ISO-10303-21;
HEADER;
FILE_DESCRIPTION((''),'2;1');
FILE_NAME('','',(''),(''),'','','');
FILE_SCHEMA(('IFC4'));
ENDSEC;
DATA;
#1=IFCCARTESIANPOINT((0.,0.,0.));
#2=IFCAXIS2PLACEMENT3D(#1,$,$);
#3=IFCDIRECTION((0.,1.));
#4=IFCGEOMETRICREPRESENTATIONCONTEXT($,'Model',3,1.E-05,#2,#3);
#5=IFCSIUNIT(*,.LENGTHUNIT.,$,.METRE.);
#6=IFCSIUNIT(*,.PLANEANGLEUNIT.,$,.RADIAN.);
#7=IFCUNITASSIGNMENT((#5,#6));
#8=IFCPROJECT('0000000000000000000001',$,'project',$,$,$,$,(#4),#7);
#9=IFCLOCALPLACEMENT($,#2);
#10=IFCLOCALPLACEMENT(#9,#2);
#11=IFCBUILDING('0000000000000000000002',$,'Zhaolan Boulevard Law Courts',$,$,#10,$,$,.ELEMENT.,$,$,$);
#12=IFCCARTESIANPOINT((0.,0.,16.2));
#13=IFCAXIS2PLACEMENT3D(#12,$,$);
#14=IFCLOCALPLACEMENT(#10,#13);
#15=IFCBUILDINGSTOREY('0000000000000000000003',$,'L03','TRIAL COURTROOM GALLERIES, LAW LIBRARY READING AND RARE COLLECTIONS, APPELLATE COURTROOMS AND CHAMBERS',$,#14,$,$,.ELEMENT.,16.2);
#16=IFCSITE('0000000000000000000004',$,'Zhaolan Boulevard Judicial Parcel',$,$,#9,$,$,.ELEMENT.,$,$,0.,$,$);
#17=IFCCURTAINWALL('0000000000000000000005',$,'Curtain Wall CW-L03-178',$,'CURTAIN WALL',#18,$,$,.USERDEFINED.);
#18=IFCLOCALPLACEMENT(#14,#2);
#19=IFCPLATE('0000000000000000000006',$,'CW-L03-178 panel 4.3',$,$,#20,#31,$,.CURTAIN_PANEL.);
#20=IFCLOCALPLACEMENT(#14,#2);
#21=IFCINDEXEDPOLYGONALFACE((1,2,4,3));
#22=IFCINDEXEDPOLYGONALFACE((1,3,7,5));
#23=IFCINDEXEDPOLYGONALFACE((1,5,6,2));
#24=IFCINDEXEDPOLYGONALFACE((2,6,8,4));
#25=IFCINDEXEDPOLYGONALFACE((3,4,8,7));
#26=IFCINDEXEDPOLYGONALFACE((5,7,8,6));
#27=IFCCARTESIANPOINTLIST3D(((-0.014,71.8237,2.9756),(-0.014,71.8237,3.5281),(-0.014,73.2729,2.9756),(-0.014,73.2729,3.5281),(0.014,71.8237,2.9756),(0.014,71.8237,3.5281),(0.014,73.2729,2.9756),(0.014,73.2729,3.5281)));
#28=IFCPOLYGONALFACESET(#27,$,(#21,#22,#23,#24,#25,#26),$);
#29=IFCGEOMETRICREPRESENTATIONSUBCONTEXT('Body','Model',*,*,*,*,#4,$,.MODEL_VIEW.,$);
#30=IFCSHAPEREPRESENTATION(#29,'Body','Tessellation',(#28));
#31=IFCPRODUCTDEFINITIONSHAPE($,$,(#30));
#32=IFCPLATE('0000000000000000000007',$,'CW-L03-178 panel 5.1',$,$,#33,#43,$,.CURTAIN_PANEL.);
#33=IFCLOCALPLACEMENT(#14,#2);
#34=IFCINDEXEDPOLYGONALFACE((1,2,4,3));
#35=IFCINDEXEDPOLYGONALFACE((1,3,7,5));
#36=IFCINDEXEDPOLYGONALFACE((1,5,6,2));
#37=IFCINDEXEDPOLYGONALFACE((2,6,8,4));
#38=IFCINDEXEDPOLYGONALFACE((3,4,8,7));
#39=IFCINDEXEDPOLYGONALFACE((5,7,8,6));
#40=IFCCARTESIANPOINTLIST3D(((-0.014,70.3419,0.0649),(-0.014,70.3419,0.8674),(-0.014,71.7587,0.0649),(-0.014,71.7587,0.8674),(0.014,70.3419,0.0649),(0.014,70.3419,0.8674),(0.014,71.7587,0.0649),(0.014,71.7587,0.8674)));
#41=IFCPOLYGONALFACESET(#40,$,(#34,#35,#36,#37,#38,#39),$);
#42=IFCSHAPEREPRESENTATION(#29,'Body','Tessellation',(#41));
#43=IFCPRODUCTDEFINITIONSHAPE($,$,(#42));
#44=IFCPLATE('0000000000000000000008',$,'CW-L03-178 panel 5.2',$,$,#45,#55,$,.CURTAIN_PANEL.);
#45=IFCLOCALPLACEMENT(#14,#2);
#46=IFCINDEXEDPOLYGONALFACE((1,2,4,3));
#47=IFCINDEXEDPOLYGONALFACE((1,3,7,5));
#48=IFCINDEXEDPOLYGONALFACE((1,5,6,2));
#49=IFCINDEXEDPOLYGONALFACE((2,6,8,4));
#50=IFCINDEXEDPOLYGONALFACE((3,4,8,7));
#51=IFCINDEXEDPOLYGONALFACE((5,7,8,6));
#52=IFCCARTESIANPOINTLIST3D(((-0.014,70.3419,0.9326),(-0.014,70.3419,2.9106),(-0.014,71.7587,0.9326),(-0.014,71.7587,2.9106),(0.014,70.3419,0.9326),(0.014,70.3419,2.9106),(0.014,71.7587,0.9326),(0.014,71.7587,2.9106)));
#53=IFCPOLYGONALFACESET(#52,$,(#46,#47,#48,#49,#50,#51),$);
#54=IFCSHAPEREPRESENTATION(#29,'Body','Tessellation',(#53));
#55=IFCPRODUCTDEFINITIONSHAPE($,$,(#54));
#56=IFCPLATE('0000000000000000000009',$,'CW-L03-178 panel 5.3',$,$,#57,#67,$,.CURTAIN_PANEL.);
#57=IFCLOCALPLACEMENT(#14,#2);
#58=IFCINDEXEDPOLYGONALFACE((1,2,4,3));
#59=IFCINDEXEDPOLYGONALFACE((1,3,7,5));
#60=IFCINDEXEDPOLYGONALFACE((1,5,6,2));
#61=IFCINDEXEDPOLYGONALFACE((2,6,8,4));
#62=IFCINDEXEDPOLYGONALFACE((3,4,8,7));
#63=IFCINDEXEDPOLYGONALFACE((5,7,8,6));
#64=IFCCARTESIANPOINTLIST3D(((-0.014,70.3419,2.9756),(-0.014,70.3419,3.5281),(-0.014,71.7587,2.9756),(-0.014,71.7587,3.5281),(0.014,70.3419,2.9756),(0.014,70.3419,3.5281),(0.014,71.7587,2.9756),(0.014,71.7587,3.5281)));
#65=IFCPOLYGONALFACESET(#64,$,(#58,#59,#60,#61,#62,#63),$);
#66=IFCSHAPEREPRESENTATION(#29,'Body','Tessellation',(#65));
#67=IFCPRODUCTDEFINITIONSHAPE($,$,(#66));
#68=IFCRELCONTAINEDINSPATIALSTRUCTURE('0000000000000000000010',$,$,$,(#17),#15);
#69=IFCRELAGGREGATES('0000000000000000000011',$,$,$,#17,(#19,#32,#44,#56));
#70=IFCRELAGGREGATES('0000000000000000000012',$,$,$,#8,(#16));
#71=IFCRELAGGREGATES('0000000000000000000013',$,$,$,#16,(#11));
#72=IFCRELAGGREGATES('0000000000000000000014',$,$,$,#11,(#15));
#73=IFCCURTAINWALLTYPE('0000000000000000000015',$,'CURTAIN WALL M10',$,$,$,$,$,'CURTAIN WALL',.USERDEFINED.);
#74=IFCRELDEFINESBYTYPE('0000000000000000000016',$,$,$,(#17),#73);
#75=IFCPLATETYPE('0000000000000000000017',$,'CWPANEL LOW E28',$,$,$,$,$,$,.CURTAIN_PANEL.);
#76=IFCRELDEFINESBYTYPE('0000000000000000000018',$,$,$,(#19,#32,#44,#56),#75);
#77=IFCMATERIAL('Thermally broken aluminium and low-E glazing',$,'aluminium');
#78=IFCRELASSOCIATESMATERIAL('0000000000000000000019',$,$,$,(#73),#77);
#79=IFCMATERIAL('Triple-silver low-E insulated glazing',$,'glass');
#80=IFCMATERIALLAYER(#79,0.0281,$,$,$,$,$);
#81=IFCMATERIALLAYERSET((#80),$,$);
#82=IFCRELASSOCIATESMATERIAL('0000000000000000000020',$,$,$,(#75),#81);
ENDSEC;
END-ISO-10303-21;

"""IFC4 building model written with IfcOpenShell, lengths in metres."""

from ifc_helpers import new_model, si_unit, direction, frame, origin, origin_2d, place, context, subcontext, project, spatial, rectangle, extrude, material, layer, layer_set, type_object, element, aggregate, save


model = new_model("IFC4")

# Units and contexts
model_context = context("Model", 3, precision=1e-05, world=origin(), true_north=direction((0.0, 1.0)))
body_context = subcontext(model_context, "Body", "Model", "MODEL_VIEW")
ifc_project = project(units=[si_unit("LENGTHUNIT", "METRE"), si_unit("PLANEANGLEUNIT", "RADIAN")], contexts=[model_context])

# Site, building, storey
site_placement = place(None, origin())
site = spatial("IfcSite", under=ifc_project, at=site_placement, Name="Zhaolan Boulevard Judicial Parcel", CompositionType="ELEMENT", RefElevation=0.0)
building_placement = place(site_placement, origin())
building = spatial("IfcBuilding", under=site, at=building_placement, Name="Zhaolan Boulevard Law Courts", CompositionType="ELEMENT")
storey_placement = place(building_placement, frame((0.0, 0.0, 16.2)))
storey = spatial("IfcBuildingStorey", under=building, at=storey_placement, Name="L03", Description="TRIAL COURTROOM GALLERIES, LAW LIBRARY READING AND RARE COLLECTIONS, APPELLATE COURTROOMS AND CHAMBERS", CompositionType="ELEMENT", Elevation=16.2)

# Curtain wall, plates
ifc_material_1 = material(Name="Thermally broken aluminium and low-E glazing", Category="aluminium")
curtain_wall_type = type_object("IfcCurtainWallType", Name="CURTAIN WALL M10", ElementType="CURTAIN WALL", PredefinedType="USERDEFINED", material=ifc_material_1)
curtain_wall_placement = place(storey_placement, origin())
curtain_wall = element("IfcCurtainWall", 1, at=curtain_wall_placement, inside=storey, type_object=curtain_wall_type, Name="Curtain Wall CW-L03-178", ObjectType="CURTAIN WALL", PredefinedType="USERDEFINED")
ifc_material_2 = material(Name="Triple-silver low-E insulated glazing", Category="glass")
ifc_layer = layer(ifc_material_2, 0.0281)
ifc_layer_set = layer_set([ifc_layer])
plate_type = type_object("IfcPlateType", Name="CWPANEL LOW E28", PredefinedType="CURTAIN_PANEL", material=ifc_layer_set)
plate_1_placement = place(storey_placement, frame((0.0, 72.5483, 2.9756), z_axis=(0.0, 0.0, 1.0), x_axis=(0.0, -1.0, 0.0)))
plate_1 = element("IfcPlate", 2, at=plate_1_placement, type_object=plate_type, Name="CW-L03-178 panel 4.3", PredefinedType="CURTAIN_PANEL", context=body_context, shape_type="SweptSolid", body=[
    extrude(rectangle(XDim=1.4492, YDim=0.0281, at=origin_2d()), origin(), (0.0, 0.0, 1.0), 0.5525),
])
plate_2_placement = place(storey_placement, frame((0.0, 71.0503, 0.0649), z_axis=(0.0, 0.0, 1.0), x_axis=(0.0, -1.0, 0.0)))
plate_2 = element("IfcPlate", 3, at=plate_2_placement, type_object=plate_type, Name="CW-L03-178 panel 5.1", PredefinedType="CURTAIN_PANEL", context=body_context, shape_type="SweptSolid", body=[
    extrude(rectangle(XDim=1.4167, YDim=0.0281, at=origin_2d()), origin(), (0.0, 0.0, 1.0), 0.8025),
])
plate_3_placement = place(storey_placement, frame((0.0, 71.0503, 0.9326), z_axis=(0.0, 0.0, 1.0), x_axis=(0.0, -1.0, 0.0)))
plate_3 = element("IfcPlate", 4, at=plate_3_placement, type_object=plate_type, Name="CW-L03-178 panel 5.2", PredefinedType="CURTAIN_PANEL", context=body_context, shape_type="SweptSolid", body=[
    extrude(rectangle(XDim=1.4167, YDim=0.0281, at=origin_2d()), origin(), (0.0, 0.0, 1.0), 1.978),
])
plate_4_placement = place(storey_placement, frame((0.0, 71.0503, 2.9756), z_axis=(0.0, 0.0, 1.0), x_axis=(0.0, -1.0, 0.0)))
plate_4 = element("IfcPlate", 5, at=plate_4_placement, type_object=plate_type, Name="CW-L03-178 panel 5.3", PredefinedType="CURTAIN_PANEL", context=body_context, shape_type="SweptSolid", body=[
    extrude(rectangle(XDim=1.4167, YDim=0.0281, at=origin_2d()), origin(), (0.0, 0.0, 1.0), 0.5525),
])
aggregate(curtain_wall, [plate_1, plate_2, plate_3, plate_4])

save(model, "model.ifc")
